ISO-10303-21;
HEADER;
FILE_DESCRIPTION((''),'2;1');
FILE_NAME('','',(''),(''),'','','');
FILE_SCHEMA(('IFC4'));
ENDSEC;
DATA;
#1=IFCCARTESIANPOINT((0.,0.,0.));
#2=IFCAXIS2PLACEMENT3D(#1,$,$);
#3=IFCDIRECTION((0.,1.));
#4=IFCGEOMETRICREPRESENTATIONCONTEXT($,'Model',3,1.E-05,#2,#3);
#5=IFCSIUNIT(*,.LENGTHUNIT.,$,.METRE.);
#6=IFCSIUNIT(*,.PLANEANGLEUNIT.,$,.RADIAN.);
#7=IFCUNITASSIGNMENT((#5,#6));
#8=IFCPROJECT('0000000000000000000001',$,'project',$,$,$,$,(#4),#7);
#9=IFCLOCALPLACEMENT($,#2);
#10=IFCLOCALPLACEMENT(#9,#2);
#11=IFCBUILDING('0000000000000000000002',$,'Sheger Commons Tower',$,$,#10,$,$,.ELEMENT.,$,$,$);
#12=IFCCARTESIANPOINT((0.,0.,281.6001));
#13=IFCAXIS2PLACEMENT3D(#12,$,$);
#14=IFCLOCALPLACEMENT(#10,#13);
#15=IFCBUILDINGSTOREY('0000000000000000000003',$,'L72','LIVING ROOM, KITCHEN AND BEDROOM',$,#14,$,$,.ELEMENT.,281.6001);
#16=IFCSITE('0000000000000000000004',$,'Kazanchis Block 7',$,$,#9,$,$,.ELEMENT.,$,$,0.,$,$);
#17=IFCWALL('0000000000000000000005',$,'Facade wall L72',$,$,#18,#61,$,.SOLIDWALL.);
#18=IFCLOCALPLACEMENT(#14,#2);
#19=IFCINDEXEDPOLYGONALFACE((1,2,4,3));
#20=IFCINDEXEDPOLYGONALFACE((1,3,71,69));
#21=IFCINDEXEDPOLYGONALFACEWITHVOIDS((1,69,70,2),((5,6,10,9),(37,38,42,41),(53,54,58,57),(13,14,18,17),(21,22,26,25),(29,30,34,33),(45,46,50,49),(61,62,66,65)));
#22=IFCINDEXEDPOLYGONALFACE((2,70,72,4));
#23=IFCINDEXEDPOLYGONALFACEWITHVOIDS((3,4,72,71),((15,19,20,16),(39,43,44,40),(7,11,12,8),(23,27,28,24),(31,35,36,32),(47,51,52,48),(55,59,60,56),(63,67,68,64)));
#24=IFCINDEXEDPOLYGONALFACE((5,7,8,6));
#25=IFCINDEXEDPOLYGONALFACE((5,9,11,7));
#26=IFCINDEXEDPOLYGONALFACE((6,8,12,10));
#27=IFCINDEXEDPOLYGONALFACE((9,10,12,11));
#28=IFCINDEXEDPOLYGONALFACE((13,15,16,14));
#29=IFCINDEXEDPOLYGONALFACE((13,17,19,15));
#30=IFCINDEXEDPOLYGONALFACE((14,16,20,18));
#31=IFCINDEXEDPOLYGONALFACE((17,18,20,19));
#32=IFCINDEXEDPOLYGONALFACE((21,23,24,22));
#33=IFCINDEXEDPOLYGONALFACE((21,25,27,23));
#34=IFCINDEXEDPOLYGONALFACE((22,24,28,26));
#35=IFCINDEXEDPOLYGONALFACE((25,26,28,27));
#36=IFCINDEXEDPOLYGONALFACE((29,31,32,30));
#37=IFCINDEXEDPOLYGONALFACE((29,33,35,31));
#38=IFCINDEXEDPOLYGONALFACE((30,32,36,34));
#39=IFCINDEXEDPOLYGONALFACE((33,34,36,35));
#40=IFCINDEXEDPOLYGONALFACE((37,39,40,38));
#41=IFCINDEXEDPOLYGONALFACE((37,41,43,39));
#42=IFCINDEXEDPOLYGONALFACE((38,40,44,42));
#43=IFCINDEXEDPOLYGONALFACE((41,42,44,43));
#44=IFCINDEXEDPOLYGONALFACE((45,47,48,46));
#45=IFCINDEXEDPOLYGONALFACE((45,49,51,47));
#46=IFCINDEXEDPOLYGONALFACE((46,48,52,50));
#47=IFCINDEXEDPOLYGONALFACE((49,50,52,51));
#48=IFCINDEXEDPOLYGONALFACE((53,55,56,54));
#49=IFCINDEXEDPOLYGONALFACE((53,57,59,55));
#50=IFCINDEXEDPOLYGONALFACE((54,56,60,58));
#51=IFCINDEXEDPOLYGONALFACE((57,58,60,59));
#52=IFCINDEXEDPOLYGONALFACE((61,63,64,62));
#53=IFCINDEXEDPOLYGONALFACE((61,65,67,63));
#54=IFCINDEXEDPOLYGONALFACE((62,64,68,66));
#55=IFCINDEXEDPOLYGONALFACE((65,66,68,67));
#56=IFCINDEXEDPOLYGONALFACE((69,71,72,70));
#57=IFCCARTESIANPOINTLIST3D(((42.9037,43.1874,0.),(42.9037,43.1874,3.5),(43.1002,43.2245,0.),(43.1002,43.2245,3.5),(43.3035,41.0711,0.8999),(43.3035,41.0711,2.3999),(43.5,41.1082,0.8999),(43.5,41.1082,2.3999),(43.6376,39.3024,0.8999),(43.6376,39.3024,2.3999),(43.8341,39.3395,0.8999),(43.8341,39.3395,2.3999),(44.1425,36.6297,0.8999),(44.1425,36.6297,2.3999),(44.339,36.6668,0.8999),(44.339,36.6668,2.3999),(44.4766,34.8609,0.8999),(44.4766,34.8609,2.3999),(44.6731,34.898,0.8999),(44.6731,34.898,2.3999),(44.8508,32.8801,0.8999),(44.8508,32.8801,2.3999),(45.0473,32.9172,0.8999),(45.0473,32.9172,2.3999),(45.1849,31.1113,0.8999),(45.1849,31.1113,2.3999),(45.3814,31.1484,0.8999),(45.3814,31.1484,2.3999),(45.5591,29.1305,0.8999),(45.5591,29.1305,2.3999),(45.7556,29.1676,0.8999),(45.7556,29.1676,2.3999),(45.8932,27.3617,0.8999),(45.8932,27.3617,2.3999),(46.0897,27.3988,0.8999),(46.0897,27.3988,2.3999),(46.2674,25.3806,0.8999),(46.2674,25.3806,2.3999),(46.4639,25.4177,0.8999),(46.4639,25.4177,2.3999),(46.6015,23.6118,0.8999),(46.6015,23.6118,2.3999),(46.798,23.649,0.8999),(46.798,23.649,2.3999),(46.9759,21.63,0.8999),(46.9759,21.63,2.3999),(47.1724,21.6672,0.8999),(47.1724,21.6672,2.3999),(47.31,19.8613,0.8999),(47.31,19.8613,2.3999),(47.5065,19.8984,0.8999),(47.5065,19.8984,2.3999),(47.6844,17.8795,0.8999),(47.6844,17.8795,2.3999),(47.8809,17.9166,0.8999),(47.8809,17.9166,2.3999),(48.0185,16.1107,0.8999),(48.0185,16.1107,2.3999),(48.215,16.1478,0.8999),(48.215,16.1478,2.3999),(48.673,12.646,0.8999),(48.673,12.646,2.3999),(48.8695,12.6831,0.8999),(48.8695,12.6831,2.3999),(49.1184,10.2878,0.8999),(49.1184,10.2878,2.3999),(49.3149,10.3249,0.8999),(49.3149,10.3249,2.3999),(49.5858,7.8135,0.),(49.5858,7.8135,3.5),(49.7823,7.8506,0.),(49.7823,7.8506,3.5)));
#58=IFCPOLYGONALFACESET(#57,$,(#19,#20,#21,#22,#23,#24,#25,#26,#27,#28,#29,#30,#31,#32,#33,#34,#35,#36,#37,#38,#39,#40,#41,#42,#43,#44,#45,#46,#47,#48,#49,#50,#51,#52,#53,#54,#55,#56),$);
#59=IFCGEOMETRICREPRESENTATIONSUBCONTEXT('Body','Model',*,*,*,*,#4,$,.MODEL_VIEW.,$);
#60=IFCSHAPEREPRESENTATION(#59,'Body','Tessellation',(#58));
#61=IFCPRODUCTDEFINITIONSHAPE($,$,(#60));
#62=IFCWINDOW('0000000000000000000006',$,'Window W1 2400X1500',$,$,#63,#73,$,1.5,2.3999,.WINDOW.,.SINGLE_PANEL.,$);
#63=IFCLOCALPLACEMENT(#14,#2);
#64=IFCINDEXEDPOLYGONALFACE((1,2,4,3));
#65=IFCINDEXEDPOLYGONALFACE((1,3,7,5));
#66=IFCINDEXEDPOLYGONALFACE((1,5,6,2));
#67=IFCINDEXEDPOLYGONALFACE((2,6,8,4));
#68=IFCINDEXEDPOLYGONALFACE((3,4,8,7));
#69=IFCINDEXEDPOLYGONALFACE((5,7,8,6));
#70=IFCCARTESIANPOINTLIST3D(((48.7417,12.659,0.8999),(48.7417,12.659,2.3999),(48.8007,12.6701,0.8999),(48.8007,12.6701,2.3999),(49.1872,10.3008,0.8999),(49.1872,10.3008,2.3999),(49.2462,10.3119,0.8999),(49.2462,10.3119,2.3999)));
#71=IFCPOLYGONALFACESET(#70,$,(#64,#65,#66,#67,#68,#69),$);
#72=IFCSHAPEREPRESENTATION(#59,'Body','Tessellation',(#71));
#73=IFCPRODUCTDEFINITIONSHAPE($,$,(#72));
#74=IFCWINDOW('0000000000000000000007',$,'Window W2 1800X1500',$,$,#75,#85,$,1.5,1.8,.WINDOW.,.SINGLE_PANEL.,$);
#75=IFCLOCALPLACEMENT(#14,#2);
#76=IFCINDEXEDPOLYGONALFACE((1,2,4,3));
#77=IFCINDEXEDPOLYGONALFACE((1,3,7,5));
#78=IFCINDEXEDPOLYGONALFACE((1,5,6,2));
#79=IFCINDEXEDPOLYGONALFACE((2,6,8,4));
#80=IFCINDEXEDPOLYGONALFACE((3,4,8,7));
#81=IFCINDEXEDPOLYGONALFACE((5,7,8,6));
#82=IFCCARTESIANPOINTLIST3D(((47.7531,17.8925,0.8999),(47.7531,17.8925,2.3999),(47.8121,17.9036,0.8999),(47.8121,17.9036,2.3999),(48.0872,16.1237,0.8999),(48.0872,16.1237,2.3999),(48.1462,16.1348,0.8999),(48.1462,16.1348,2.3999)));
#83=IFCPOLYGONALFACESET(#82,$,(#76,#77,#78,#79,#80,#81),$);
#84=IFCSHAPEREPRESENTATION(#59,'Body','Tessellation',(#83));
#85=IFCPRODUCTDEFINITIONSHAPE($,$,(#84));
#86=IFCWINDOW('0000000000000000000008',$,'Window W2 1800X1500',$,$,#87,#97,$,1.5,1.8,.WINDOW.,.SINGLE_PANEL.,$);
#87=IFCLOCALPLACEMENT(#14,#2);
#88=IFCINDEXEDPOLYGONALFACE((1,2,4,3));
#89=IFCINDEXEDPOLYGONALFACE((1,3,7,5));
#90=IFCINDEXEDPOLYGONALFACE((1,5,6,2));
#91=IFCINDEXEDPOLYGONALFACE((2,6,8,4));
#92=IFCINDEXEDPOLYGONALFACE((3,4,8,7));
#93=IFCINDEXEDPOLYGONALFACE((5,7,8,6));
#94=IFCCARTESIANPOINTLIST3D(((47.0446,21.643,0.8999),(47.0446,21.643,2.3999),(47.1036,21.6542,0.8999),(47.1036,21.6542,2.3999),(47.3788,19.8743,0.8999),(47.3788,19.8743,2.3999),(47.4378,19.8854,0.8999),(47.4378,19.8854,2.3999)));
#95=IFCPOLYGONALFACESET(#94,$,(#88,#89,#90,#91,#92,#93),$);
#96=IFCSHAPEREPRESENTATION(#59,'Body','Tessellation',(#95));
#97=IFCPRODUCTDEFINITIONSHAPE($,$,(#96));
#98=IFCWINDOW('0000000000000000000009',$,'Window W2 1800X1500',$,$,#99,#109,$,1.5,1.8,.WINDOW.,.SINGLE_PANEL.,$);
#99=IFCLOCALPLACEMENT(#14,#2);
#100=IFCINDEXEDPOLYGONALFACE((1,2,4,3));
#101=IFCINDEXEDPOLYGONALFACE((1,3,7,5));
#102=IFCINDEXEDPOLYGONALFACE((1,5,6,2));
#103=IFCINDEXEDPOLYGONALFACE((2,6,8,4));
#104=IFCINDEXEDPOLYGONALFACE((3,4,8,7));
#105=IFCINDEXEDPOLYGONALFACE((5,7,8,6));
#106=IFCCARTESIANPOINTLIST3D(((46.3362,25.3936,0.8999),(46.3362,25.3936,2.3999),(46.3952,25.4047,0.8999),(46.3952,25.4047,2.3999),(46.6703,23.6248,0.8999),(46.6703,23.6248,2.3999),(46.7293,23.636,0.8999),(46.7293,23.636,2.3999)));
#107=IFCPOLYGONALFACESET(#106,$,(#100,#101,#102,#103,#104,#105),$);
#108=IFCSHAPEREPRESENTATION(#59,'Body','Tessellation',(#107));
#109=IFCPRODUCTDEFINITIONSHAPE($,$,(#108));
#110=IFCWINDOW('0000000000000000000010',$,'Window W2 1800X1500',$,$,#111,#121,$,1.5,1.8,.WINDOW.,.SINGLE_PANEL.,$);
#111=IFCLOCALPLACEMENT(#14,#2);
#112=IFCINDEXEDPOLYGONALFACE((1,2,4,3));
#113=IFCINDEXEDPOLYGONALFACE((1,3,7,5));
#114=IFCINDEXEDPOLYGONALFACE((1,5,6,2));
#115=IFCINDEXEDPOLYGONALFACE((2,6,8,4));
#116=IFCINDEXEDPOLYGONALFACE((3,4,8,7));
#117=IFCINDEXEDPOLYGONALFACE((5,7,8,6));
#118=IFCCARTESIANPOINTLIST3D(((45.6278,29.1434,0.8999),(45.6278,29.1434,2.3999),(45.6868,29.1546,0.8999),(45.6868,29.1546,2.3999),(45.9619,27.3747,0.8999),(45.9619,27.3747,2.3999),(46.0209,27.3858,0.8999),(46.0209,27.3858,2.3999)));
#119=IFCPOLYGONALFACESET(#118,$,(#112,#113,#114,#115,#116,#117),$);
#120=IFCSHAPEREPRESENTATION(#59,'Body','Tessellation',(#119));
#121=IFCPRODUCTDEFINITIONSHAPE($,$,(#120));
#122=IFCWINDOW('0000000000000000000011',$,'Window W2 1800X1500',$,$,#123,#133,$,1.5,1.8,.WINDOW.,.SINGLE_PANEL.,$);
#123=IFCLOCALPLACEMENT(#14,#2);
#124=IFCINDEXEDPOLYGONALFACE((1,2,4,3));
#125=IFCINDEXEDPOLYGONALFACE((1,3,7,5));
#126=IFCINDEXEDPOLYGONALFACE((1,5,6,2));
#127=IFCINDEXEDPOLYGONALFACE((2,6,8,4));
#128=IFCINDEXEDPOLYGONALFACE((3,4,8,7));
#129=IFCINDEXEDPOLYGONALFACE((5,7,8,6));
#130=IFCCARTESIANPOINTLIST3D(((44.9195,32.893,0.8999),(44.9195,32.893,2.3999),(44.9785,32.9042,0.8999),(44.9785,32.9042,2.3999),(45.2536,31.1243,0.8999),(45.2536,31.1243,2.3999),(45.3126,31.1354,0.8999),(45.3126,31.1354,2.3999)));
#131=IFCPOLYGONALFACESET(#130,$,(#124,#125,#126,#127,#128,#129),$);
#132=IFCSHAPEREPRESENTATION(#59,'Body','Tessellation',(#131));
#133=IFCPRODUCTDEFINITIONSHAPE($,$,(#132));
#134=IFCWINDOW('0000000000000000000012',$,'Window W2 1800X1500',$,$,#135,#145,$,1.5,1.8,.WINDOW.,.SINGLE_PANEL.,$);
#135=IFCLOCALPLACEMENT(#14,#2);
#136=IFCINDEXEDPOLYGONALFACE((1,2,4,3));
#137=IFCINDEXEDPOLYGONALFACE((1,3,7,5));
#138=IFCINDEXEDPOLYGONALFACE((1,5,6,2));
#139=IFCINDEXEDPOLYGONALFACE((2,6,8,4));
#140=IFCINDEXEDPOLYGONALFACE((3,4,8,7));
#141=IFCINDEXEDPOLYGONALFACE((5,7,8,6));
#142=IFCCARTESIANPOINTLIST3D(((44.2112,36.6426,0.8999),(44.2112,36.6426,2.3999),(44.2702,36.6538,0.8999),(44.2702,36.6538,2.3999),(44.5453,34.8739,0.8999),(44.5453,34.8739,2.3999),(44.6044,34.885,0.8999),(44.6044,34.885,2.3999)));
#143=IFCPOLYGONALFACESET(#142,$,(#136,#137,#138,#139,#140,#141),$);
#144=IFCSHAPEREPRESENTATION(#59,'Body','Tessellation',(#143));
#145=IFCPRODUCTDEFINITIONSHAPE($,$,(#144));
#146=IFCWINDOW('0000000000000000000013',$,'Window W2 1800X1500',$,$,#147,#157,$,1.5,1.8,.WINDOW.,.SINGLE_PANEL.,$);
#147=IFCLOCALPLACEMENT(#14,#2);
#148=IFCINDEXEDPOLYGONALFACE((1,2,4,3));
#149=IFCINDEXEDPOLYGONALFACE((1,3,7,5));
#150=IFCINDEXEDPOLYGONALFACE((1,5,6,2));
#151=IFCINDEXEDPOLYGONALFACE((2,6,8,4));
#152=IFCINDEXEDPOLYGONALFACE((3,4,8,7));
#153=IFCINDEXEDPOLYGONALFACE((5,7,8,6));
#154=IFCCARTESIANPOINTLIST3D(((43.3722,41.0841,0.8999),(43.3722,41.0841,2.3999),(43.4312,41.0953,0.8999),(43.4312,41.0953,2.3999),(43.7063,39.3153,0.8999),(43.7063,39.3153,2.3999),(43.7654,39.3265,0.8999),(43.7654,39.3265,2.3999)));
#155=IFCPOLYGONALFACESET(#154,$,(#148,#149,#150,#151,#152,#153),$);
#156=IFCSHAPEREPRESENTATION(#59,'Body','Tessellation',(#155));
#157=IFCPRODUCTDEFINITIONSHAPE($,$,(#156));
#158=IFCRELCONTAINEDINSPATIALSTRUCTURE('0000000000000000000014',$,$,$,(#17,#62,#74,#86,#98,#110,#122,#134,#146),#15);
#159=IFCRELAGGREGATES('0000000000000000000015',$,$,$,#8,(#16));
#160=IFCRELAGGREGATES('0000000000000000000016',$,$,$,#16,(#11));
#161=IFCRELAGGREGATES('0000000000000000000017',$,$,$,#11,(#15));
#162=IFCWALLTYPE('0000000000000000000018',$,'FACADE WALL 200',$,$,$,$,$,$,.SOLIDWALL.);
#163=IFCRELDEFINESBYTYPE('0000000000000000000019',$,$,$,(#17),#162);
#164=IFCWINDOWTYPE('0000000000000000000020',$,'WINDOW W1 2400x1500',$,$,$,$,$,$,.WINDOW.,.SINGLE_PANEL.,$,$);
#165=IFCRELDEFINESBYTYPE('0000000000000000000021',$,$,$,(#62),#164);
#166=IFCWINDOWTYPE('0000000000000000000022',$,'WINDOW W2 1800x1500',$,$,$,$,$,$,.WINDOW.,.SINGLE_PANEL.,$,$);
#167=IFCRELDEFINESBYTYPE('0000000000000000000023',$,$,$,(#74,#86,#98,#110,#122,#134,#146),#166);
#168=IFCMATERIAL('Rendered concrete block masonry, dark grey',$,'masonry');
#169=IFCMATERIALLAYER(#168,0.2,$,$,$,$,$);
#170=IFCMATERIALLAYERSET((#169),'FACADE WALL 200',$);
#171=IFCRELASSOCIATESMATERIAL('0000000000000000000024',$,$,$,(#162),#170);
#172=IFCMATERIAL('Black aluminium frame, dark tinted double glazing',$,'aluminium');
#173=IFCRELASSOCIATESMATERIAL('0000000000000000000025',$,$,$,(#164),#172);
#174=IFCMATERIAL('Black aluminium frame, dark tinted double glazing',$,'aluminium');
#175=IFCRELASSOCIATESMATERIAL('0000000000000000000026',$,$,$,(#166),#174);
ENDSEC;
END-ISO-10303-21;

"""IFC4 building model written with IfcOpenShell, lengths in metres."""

from ifc_helpers import new_model, si_unit, direction, frame, frame_2d, origin, place, context, subcontext, project, spatial, rectangle, extrude, material, layer, layer_set, type_object, element, fill, save


model = new_model("IFC4")

# Units and contexts
model_context = context("Model", 3, precision=1e-05, world=origin(), true_north=direction((0.0, 1.0)))
body_context = subcontext(model_context, "Body", "Model", "MODEL_VIEW")
ifc_project = project(units=[si_unit("LENGTHUNIT", "METRE"), si_unit("PLANEANGLEUNIT", "RADIAN")], contexts=[model_context])

# Site, building, storey
site_placement = place(None, origin())
site = spatial("IfcSite", under=ifc_project, at=site_placement, Name="Kazanchis Block 7", CompositionType="ELEMENT", RefElevation=0.0)
building_placement = place(site_placement, origin())
building = spatial("IfcBuilding", under=site, at=building_placement, Name="Sheger Commons Tower", CompositionType="ELEMENT")
storey_placement = place(building_placement, frame((0.0, 0.0, 281.6001)))
storey = spatial("IfcBuildingStorey", under=building, at=storey_placement, Name="L72", Description="LIVING ROOM, KITCHEN AND BEDROOM", CompositionType="ELEMENT", Elevation=281.6001)

# Shared definitions
ifc_material_1 = material(Name="Rendered concrete block masonry, dark grey", Category="masonry")
ifc_layer_1 = layer(ifc_material_1, 0.2)
ifc_layer_set_1 = layer_set([ifc_layer_1], Name="FACADE WALL 200")
wall_type_1 = type_object("IfcWallType", Name="FACADE WALL 200", PredefinedType="SOLIDWALL", material=ifc_layer_set_1)

# Wall, openings, windows
wall_1_placement = place(storey_placement, frame((49.6841, 7.832, 0.0), z_axis=(0.0, 0.0, 1.0), x_axis=(-0.185617, 0.982622, 0.0)))
wall_1 = element("IfcWall", 1, at=wall_1_placement, inside=storey, type_object=wall_type_1, Name="Facade wall L72", PredefinedType="SOLIDWALL", context=body_context, shape_type="SweptSolid", body=[
    extrude(rectangle(XDim=35.9995, YDim=0.2, at=frame_2d((17.9998, 0.0))), origin(), (0.0, 0.0, 1.0), 3.5),
])
opening_1_placement = place(wall_1_placement, frame((2.5181, 0.0, 0.8999)))
opening_1 = element("IfcOpeningElement", 2, at=opening_1_placement, cuts=wall_1, PredefinedType="OPENING", context=body_context, shape_type="SweptSolid", body=[
    extrude(rectangle(XDim=2.3999, YDim=1.5, at=frame_2d((1.2, 0.75))), frame((0.0, 0.1099, 0.0), z_axis=(0.0, -1.0, 0.0), x_axis=(1.0, 0.0, 0.0)), (0.0, 0.0, 1.0), 0.22),
])
opening_2_placement = place(wall_1_placement, frame((8.4441, 0.0, 0.8999)))
opening_2 = element("IfcOpeningElement", 3, at=opening_2_placement, cuts=wall_1, PredefinedType="OPENING", context=body_context, shape_type="SweptSolid", body=[
    extrude(rectangle(XDim=1.8, YDim=1.5, at=frame_2d((0.8999, 0.75))), frame((0.0, 0.1099, 0.0), z_axis=(0.0, -1.0, 0.0), x_axis=(1.0, 0.0, 0.0)), (0.0, 0.0, 1.0), 0.22),
])
opening_3_placement = place(wall_1_placement, frame((12.261, 0.0, 0.8999)))
opening_3 = element("IfcOpeningElement", 4, at=opening_3_placement, cuts=wall_1, PredefinedType="OPENING", context=body_context, shape_type="SweptSolid", body=[
    extrude(rectangle(XDim=1.8, YDim=1.5, at=frame_2d((0.8999, 0.75))), frame((0.0, 0.1099, 0.0), z_axis=(0.0, -1.0, 0.0), x_axis=(1.0, 0.0, 0.0)), (0.0, 0.0, 1.0), 0.22),
])
opening_4_placement = place(wall_1_placement, frame((16.0779, 0.0, 0.8999)))
opening_4 = element("IfcOpeningElement", 5, at=opening_4_placement, cuts=wall_1, PredefinedType="OPENING", context=body_context, shape_type="SweptSolid", body=[
    extrude(rectangle(XDim=1.8, YDim=1.5, at=frame_2d((0.8999, 0.75))), frame((0.0, 0.1099, 0.0), z_axis=(0.0, -1.0, 0.0), x_axis=(1.0, 0.0, 0.0)), (0.0, 0.0, 1.0), 0.22),
])
opening_5_placement = place(wall_1_placement, frame((19.894, 0.0, 0.8999)))
opening_5 = element("IfcOpeningElement", 6, at=opening_5_placement, cuts=wall_1, PredefinedType="OPENING", context=body_context, shape_type="SweptSolid", body=[
    extrude(rectangle(XDim=1.8, YDim=1.5, at=frame_2d((0.8999, 0.75))), frame((0.0, 0.1099, 0.0), z_axis=(0.0, -1.0, 0.0), x_axis=(1.0, 0.0, 0.0)), (0.0, 0.0, 1.0), 0.22),
])
opening_6_placement = place(wall_1_placement, frame((23.71, 0.0, 0.8999)))
opening_6 = element("IfcOpeningElement", 7, at=opening_6_placement, cuts=wall_1, PredefinedType="OPENING", context=body_context, shape_type="SweptSolid", body=[
    extrude(rectangle(XDim=1.8, YDim=1.5, at=frame_2d((0.8999, 0.75))), frame((0.0, 0.1099, 0.0), z_axis=(0.0, -1.0, 0.0), x_axis=(1.0, 0.0, 0.0)), (0.0, 0.0, 1.0), 0.22),
])
opening_7_placement = place(wall_1_placement, frame((27.5259, 0.0, 0.8999)))
opening_7 = element("IfcOpeningElement", 8, at=opening_7_placement, cuts=wall_1, PredefinedType="OPENING", context=body_context, shape_type="SweptSolid", body=[
    extrude(rectangle(XDim=1.8, YDim=1.5, at=frame_2d((0.8999, 0.75))), frame((0.0, 0.1099, 0.0), z_axis=(0.0, -1.0, 0.0), x_axis=(1.0, 0.0, 0.0)), (0.0, 0.0, 1.0), 0.22),
])
opening_8_placement = place(wall_1_placement, frame((32.0459, 0.0, 0.8999)))
opening_8 = element("IfcOpeningElement", 9, at=opening_8_placement, cuts=wall_1, PredefinedType="OPENING", context=body_context, shape_type="SweptSolid", body=[
    extrude(rectangle(XDim=1.8, YDim=1.5, at=frame_2d((0.8999, 0.75))), frame((0.0, 0.1099, 0.0), z_axis=(0.0, -1.0, 0.0), x_axis=(1.0, 0.0, 0.0)), (0.0, 0.0, 1.0), 0.22),
])
ifc_material_2 = material(Name="Black aluminium frame, dark tinted double glazing", Category="aluminium")
window_type_1 = type_object("IfcWindowType", Name="WINDOW W1 2400x1500", PartitioningType="SINGLE_PANEL", PredefinedType="WINDOW", material=ifc_material_2)
window_1_placement = place(opening_1_placement, origin())
window_1 = element("IfcWindow", 10, at=window_1_placement, inside=storey, type_object=window_type_1, Name="Window W1 2400X1500", OverallHeight=1.5, OverallWidth=2.3999, PartitioningType="SINGLE_PANEL", PredefinedType="WINDOW", context=body_context, shape_type="SweptSolid", body=[
    extrude(rectangle(XDim=2.3999, YDim=1.5, at=frame_2d((1.2, 0.75))), frame((0.0, 0.03, 0.0), z_axis=(0.0, -1.0, 0.0), x_axis=(1.0, 0.0, 0.0)), (0.0, 0.0, 1.0), 0.0601),
])
fill(opening_1, window_1)
ifc_material_3 = material(Name="Black aluminium frame, dark tinted double glazing", Category="aluminium")
window_type_2 = type_object("IfcWindowType", Name="WINDOW W2 1800x1500", PartitioningType="SINGLE_PANEL", PredefinedType="WINDOW", material=ifc_material_3)
window_2_placement = place(opening_2_placement, origin())
window_2 = element("IfcWindow", 11, at=window_2_placement, inside=storey, type_object=window_type_2, Name="Window W2 1800X1500", OverallHeight=1.5, OverallWidth=1.8, PartitioningType="SINGLE_PANEL", PredefinedType="WINDOW", context=body_context, shape_type="SweptSolid", body=[
    extrude(rectangle(XDim=1.8, YDim=1.5, at=frame_2d((0.8999, 0.75))), frame((0.0, 0.03, 0.0), z_axis=(0.0, -1.0, 0.0), x_axis=(1.0, 0.0, 0.0)), (0.0, 0.0, 1.0), 0.0601),
])
fill(opening_2, window_2)
window_3_placement = place(opening_3_placement, origin())
window_3 = element("IfcWindow", 12, at=window_3_placement, inside=storey, type_object=window_type_2, Name="Window W2 1800X1500", OverallHeight=1.5, OverallWidth=1.8, PartitioningType="SINGLE_PANEL", PredefinedType="WINDOW", context=body_context, shape_type="SweptSolid", body=[
    extrude(rectangle(XDim=1.8, YDim=1.5, at=frame_2d((0.8999, 0.75))), frame((0.0, 0.03, 0.0), z_axis=(0.0, -1.0, 0.0), x_axis=(1.0, 0.0, 0.0)), (0.0, 0.0, 1.0), 0.0601),
])
fill(opening_3, window_3)
window_4_placement = place(opening_4_placement, origin())
window_4 = element("IfcWindow", 13, at=window_4_placement, inside=storey, type_object=window_type_2, Name="Window W2 1800X1500", OverallHeight=1.5, OverallWidth=1.8, PartitioningType="SINGLE_PANEL", PredefinedType="WINDOW", context=body_context, shape_type="SweptSolid", body=[
    extrude(rectangle(XDim=1.8, YDim=1.5, at=frame_2d((0.8999, 0.75))), frame((0.0, 0.03, 0.0), z_axis=(0.0, -1.0, 0.0), x_axis=(1.0, 0.0, 0.0)), (0.0, 0.0, 1.0), 0.0601),
])
fill(opening_4, window_4)
window_5_placement = place(opening_5_placement, origin())
window_5 = element("IfcWindow", 14, at=window_5_placement, inside=storey, type_object=window_type_2, Name="Window W2 1800X1500", OverallHeight=1.5, OverallWidth=1.8, PartitioningType="SINGLE_PANEL", PredefinedType="WINDOW", context=body_context, shape_type="SweptSolid", body=[
    extrude(rectangle(XDim=1.8, YDim=1.5, at=frame_2d((0.8999, 0.75))), frame((0.0, 0.03, 0.0), z_axis=(0.0, -1.0, 0.0), x_axis=(1.0, 0.0, 0.0)), (0.0, 0.0, 1.0), 0.0601),
])
fill(opening_5, window_5)
window_6_placement = place(opening_6_placement, origin())
window_6 = element("IfcWindow", 15, at=window_6_placement, inside=storey, type_object=window_type_2, Name="Window W2 1800X1500", OverallHeight=1.5, OverallWidth=1.8, PartitioningType="SINGLE_PANEL", PredefinedType="WINDOW", context=body_context, shape_type="SweptSolid", body=[
    extrude(rectangle(XDim=1.8, YDim=1.5, at=frame_2d((0.8999, 0.75))), frame((0.0, 0.03, 0.0), z_axis=(0.0, -1.0, 0.0), x_axis=(1.0, 0.0, 0.0)), (0.0, 0.0, 1.0), 0.0601),
])
fill(opening_6, window_6)
window_7_placement = place(opening_7_placement, origin())
window_7 = element("IfcWindow", 16, at=window_7_placement, inside=storey, type_object=window_type_2, Name="Window W2 1800X1500", OverallHeight=1.5, OverallWidth=1.8, PartitioningType="SINGLE_PANEL", PredefinedType="WINDOW", context=body_context, shape_type="SweptSolid", body=[
    extrude(rectangle(XDim=1.8, YDim=1.5, at=frame_2d((0.8999, 0.75))), frame((0.0, 0.03, 0.0), z_axis=(0.0, -1.0, 0.0), x_axis=(1.0, 0.0, 0.0)), (0.0, 0.0, 1.0), 0.0601),
])
fill(opening_7, window_7)
window_8_placement = place(opening_8_placement, origin())
window_8 = element("IfcWindow", 17, at=window_8_placement, inside=storey, type_object=window_type_2, Name="Window W2 1800X1500", OverallHeight=1.5, OverallWidth=1.8, PartitioningType="SINGLE_PANEL", PredefinedType="WINDOW", context=body_context, shape_type="SweptSolid", body=[
    extrude(rectangle(XDim=1.8, YDim=1.5, at=frame_2d((0.8999, 0.75))), frame((0.0, 0.03, 0.0), z_axis=(0.0, -1.0, 0.0), x_axis=(1.0, 0.0, 0.0)), (0.0, 0.0, 1.0), 0.0601),
])
fill(opening_8, window_8)

save(model, "model.ifc")
